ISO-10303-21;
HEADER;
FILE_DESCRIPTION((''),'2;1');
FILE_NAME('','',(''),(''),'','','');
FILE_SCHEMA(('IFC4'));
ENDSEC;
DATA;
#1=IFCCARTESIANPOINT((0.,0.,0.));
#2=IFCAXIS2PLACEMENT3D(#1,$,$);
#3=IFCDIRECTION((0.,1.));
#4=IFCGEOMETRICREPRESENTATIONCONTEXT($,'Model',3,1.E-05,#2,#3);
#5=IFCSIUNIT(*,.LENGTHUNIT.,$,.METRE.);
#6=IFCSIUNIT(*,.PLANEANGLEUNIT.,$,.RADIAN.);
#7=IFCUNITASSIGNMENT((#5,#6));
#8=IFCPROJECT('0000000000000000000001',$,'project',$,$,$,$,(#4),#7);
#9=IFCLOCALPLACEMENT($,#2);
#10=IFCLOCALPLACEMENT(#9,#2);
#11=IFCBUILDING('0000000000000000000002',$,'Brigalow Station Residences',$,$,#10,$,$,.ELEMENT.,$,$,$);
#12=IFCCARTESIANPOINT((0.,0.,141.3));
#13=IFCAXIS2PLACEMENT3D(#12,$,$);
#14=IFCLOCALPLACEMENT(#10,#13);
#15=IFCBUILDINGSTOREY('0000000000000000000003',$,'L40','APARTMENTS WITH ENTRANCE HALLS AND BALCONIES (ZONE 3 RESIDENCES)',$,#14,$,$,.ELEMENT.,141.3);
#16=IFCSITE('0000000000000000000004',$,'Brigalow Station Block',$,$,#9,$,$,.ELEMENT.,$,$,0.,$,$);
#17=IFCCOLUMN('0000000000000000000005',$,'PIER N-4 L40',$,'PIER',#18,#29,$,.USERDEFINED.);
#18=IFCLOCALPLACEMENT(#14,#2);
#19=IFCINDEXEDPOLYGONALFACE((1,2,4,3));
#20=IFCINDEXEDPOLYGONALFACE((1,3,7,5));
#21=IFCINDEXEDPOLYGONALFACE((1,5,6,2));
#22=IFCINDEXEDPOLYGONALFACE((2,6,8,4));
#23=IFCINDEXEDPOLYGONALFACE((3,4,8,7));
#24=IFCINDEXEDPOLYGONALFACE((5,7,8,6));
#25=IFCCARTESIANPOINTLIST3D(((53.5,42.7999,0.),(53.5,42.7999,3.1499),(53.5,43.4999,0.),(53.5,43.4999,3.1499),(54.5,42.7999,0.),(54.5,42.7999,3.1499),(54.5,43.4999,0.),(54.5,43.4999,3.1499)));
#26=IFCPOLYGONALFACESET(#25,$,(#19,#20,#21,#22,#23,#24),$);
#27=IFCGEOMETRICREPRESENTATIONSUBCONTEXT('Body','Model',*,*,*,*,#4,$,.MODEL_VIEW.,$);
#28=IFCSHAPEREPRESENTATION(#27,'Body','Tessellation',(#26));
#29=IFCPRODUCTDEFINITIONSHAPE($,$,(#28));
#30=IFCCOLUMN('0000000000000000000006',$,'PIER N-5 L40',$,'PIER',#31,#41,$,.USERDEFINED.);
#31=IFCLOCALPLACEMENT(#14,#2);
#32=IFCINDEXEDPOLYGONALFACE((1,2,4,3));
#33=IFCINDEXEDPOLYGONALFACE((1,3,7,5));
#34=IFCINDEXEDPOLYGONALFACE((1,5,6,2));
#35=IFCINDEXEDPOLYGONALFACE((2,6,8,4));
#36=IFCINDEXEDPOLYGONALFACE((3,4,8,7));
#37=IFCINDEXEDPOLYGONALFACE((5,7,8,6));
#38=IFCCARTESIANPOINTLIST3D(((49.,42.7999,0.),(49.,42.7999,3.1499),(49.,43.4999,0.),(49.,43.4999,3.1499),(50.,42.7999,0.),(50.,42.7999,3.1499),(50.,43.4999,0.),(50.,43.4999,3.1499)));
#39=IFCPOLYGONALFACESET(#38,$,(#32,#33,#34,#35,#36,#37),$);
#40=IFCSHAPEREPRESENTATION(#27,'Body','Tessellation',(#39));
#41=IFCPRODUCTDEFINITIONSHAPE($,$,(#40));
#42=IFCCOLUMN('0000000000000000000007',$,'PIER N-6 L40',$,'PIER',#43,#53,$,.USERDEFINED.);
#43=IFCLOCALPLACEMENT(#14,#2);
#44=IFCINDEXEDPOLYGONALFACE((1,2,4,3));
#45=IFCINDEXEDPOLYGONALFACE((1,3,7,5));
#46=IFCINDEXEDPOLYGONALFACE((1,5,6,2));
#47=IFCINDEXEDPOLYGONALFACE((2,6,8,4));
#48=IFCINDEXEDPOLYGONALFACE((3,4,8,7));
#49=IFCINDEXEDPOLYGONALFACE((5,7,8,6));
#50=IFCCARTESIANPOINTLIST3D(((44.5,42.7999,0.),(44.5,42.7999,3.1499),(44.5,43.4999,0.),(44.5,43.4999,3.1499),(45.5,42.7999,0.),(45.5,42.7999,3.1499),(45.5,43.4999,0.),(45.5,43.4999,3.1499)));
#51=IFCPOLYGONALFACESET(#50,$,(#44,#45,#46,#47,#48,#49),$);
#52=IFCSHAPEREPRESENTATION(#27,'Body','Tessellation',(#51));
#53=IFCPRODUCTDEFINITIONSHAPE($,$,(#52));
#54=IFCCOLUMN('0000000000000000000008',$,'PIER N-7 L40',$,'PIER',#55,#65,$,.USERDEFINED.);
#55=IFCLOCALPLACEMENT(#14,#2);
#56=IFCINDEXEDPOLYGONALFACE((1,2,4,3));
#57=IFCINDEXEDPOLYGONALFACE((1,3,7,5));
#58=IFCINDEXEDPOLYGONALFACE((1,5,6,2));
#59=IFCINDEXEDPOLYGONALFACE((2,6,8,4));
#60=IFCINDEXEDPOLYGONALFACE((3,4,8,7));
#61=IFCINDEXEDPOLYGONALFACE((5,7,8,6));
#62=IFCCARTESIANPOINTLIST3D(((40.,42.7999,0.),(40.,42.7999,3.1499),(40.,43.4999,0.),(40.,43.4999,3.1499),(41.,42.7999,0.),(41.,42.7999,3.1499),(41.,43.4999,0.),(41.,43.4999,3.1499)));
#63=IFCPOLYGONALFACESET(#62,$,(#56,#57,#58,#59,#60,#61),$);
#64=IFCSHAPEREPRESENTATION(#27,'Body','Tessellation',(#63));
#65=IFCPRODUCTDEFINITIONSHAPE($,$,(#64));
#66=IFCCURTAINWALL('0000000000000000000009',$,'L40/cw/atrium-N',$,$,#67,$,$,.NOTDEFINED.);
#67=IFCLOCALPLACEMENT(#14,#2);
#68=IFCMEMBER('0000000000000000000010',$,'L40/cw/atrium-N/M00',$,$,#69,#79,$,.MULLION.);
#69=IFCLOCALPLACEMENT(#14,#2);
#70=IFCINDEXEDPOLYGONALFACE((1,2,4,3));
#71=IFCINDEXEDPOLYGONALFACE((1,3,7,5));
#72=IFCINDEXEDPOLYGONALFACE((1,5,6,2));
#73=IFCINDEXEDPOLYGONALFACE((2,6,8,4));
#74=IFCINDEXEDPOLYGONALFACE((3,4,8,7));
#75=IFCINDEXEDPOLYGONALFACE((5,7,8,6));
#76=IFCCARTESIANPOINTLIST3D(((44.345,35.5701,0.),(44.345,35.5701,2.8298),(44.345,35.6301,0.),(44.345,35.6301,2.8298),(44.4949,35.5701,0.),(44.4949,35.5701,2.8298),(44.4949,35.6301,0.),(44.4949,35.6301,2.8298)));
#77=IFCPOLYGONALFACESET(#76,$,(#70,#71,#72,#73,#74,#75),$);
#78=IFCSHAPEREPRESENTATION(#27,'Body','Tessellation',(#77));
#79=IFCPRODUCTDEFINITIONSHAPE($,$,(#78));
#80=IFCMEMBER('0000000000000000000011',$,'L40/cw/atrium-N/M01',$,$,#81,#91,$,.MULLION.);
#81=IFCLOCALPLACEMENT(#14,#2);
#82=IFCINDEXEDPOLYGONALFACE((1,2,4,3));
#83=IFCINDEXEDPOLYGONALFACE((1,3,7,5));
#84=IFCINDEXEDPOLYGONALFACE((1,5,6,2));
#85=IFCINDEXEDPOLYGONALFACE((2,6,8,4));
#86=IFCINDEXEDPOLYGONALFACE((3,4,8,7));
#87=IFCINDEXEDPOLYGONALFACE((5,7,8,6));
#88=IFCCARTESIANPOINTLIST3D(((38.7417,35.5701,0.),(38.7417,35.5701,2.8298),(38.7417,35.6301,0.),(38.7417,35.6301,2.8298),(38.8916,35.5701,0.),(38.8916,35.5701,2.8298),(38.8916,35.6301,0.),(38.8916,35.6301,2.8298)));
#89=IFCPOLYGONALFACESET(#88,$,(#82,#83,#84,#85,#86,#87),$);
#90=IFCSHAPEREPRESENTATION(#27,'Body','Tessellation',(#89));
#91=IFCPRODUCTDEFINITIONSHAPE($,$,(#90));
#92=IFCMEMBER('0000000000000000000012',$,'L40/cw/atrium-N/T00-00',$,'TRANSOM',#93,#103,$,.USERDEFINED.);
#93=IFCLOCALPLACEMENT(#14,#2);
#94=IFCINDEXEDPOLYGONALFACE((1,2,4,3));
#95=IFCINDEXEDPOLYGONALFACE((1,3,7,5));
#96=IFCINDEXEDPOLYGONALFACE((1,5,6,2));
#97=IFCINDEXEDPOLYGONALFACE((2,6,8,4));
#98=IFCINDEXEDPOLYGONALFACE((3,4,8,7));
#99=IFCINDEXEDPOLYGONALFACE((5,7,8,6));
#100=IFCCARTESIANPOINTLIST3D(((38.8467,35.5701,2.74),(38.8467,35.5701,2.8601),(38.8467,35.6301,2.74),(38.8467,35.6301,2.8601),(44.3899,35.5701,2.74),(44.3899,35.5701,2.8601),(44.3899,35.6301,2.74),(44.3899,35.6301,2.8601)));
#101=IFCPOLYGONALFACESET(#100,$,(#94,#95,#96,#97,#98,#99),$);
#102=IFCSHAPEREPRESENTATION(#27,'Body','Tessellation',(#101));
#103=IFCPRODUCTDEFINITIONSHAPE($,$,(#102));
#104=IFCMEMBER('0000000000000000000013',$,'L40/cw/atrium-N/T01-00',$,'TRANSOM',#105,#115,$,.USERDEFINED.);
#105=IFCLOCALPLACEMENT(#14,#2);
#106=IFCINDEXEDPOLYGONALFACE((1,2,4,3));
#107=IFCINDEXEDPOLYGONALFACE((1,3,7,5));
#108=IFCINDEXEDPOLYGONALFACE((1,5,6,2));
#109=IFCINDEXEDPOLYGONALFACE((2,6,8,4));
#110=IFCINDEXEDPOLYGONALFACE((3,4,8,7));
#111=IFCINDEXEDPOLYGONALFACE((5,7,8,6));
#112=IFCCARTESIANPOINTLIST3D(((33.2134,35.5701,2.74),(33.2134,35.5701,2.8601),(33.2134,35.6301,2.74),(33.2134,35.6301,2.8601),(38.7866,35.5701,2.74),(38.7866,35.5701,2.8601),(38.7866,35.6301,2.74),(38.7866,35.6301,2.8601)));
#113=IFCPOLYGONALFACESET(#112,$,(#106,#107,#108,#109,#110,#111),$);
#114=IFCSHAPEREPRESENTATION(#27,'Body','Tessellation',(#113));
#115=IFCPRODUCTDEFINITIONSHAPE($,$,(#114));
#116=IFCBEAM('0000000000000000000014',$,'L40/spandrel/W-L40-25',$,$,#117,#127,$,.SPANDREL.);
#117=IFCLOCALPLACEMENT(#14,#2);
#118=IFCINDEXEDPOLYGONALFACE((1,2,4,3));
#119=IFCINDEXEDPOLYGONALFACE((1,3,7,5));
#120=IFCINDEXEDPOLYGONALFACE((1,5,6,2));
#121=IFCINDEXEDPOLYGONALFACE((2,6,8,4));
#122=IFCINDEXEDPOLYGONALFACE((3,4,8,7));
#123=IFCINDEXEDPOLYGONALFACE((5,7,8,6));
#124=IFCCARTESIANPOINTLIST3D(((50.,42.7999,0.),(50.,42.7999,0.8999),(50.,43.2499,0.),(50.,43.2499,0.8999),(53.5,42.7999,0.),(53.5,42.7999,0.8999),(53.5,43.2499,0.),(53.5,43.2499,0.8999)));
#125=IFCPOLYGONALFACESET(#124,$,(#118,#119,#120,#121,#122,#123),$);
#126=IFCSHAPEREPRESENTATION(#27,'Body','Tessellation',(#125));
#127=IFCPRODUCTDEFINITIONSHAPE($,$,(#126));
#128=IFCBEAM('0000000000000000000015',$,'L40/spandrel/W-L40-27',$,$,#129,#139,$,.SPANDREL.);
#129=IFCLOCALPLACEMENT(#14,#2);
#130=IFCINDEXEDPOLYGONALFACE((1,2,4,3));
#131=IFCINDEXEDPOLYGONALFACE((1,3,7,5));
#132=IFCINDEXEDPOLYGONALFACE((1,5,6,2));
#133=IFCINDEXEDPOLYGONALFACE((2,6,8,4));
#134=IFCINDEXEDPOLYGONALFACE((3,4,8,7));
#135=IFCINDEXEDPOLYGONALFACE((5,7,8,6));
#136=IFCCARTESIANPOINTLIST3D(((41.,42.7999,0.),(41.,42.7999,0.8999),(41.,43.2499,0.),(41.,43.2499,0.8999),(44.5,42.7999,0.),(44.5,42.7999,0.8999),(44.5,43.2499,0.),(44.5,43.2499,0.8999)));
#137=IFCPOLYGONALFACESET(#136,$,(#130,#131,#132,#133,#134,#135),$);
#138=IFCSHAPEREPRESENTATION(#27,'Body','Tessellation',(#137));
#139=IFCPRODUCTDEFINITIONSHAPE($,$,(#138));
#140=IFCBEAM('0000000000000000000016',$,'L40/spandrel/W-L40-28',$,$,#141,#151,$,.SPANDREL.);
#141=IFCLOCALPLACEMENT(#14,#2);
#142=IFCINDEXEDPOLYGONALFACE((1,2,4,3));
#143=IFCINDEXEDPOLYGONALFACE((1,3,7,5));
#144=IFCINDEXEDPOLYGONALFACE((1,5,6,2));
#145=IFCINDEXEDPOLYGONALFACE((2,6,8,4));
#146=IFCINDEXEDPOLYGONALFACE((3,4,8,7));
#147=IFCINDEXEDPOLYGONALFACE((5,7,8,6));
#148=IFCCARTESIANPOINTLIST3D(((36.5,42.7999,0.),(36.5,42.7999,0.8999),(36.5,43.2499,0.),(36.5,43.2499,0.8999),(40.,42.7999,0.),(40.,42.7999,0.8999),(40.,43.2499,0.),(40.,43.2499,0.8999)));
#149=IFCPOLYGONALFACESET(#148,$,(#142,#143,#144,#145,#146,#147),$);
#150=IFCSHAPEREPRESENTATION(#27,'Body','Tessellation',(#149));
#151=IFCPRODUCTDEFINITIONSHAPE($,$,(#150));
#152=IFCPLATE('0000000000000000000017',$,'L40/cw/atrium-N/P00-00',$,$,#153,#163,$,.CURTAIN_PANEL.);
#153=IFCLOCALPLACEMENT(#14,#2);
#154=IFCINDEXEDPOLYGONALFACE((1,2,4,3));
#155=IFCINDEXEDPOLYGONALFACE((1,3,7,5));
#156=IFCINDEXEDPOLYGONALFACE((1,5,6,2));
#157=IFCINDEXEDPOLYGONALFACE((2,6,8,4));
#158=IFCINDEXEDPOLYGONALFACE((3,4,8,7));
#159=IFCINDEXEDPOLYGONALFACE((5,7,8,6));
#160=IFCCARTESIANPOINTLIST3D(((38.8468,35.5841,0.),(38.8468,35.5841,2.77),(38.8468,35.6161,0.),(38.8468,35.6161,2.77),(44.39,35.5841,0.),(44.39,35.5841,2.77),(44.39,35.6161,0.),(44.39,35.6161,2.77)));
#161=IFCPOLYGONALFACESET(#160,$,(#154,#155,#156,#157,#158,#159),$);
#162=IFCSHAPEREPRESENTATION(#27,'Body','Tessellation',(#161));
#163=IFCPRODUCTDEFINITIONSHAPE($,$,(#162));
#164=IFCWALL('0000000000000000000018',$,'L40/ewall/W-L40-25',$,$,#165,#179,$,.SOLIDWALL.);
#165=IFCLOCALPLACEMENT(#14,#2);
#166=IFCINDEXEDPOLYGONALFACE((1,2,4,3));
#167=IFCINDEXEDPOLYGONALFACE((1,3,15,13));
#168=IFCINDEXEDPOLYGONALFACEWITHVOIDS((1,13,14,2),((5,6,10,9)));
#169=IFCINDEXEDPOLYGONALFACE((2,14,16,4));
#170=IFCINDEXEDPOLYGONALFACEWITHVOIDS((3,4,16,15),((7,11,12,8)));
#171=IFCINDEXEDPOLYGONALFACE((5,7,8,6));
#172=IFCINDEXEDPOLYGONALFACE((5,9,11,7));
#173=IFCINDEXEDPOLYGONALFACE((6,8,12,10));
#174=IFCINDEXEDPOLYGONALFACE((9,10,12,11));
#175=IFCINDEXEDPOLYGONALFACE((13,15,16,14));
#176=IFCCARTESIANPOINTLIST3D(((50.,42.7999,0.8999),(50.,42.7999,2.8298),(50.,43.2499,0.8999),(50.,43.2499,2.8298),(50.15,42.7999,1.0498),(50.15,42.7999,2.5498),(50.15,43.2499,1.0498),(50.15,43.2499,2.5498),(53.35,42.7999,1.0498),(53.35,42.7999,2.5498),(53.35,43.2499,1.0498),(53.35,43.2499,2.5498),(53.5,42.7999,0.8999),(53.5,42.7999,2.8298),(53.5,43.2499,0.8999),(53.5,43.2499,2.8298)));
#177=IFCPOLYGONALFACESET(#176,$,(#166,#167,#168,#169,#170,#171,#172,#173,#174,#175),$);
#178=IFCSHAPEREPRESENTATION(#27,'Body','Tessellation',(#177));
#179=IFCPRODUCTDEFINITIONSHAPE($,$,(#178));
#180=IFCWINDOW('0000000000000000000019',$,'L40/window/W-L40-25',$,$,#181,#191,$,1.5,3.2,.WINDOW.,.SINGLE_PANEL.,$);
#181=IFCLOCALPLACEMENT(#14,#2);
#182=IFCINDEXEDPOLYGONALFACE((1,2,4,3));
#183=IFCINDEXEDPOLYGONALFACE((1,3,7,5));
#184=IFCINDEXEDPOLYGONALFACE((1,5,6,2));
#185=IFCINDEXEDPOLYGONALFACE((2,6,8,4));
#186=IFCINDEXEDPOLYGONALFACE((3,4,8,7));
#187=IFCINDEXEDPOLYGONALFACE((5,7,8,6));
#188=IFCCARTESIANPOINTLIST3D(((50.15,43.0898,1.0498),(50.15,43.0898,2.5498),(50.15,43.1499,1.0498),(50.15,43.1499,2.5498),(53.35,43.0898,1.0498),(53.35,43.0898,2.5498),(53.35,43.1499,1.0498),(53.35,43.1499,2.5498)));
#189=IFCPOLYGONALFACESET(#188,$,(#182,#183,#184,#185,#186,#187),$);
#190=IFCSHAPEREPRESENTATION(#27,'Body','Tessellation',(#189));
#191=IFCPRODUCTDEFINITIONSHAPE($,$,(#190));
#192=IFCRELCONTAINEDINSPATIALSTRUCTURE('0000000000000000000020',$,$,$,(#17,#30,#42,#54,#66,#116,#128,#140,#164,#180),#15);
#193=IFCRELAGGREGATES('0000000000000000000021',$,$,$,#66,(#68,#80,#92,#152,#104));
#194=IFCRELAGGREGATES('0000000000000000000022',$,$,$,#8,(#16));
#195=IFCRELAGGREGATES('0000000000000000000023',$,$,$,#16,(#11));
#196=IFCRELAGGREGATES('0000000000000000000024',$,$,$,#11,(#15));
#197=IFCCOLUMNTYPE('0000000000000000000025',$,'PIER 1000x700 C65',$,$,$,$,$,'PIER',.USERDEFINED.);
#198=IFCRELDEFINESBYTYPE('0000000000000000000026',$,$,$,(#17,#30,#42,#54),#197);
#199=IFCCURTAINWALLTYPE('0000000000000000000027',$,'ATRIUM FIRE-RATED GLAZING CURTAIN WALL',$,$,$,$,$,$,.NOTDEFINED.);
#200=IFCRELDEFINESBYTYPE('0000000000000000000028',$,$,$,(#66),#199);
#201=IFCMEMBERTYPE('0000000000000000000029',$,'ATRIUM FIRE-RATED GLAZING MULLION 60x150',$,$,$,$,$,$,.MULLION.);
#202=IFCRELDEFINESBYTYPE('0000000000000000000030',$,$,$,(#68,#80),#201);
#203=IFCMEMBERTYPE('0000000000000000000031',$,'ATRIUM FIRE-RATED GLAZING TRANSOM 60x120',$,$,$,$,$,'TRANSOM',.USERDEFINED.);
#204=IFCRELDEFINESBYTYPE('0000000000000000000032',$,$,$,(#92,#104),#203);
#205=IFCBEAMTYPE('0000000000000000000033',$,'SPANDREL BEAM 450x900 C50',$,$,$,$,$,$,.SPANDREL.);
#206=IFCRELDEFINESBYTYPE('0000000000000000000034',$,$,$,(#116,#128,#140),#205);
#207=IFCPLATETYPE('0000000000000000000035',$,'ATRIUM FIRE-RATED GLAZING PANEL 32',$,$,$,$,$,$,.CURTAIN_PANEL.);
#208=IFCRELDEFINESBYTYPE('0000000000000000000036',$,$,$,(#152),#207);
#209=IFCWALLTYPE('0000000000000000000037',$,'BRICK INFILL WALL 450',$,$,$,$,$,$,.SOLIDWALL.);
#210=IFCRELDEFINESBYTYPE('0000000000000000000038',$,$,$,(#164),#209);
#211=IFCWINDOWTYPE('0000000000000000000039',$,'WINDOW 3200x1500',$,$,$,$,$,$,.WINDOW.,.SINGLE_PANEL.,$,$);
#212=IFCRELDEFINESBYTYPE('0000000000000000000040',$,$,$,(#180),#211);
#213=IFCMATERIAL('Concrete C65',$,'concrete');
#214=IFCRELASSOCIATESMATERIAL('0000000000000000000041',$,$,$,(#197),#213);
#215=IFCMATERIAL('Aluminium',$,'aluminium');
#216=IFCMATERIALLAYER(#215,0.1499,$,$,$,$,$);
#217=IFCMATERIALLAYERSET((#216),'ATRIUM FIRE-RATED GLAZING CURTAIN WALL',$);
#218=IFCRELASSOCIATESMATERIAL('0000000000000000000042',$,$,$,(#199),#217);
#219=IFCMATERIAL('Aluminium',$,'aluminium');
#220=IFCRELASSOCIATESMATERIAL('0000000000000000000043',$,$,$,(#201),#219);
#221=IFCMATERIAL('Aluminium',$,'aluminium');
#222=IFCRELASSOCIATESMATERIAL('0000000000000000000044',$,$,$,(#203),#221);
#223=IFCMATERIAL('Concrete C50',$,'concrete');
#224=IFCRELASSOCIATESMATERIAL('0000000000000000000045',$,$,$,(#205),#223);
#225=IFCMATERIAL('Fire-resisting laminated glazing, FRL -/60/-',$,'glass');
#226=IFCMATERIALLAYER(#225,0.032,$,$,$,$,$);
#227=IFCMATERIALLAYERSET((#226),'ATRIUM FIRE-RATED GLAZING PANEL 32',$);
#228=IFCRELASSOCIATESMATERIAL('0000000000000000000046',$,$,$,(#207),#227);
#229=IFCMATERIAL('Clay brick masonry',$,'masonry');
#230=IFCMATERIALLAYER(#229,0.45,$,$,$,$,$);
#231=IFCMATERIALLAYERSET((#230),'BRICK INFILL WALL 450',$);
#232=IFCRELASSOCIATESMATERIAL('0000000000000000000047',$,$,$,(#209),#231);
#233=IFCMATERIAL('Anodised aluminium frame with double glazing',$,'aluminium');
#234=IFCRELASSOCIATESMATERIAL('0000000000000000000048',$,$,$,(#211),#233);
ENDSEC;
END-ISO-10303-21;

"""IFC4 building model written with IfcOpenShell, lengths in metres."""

from ifc_helpers import new_model, si_unit, direction, frame, frame_2d, origin, origin_2d, place, context, subcontext, project, spatial, rectangle, extrude, material, layer, layer_set, material_profile, profile_set, type_object, element, fill, aggregate, save


model = new_model("IFC4")

# Units and contexts
model_context = context("Model", 3, precision=1e-05, world=origin(), true_north=direction((0.0, 1.0)))
body_context = subcontext(model_context, "Body", "Model", "MODEL_VIEW")
ifc_project = project(units=[si_unit("LENGTHUNIT", "METRE"), si_unit("PLANEANGLEUNIT", "RADIAN")], contexts=[model_context])

# Site, building, storey
site_placement = place(None, origin())
site = spatial("IfcSite", under=ifc_project, at=site_placement, Name="Brigalow Station Block", CompositionType="ELEMENT", RefElevation=0.0)
building_placement = place(site_placement, origin())
building = spatial("IfcBuilding", under=site, at=building_placement, Name="Brigalow Station Residences", CompositionType="ELEMENT")
storey_placement = place(building_placement, frame((0.0, 0.0, 141.3)))
storey = spatial("IfcBuildingStorey", under=building, at=storey_placement, Name="L40", Description="APARTMENTS WITH ENTRANCE HALLS AND BALCONIES (ZONE 3 RESIDENCES)", CompositionType="ELEMENT", Elevation=141.3)

# Columns
ifc_material_1 = material(Name="Concrete C65", Category="concrete")
ifc_material_profile_1 = material_profile(ifc_material_1, rectangle(XDim=1.0, YDim=0.7, at=origin_2d()), Name="RC1000x700")
ifc_profile_set_1 = profile_set([ifc_material_profile_1], Name="Concrete C65")
column_type = type_object("IfcColumnType", Name="PIER 1000x700 C65", ElementType="PIER", PredefinedType="USERDEFINED", material=ifc_profile_set_1)
for number, where, z_axis, x_axis, name in (
    (1, (54.0, 43.1499, 0.0), (0.0, 0.0, 1.0), (-1.0, 0.0, 0.0), "PIER N-4 L40"),
    (2, (49.5, 43.1499, 0.0), (0.0, 0.0, 1.0), (-1.0, 0.0, 0.0), "PIER N-5 L40"),
    (3, (45.0, 43.1499, 0.0), (0.0, 0.0, 1.0), (-1.0, 0.0, 0.0), "PIER N-6 L40"),
    (4, (40.5, 43.1499, 0.0), (0.0, 0.0, 1.0), (-1.0, 0.0, 0.0), "PIER N-7 L40"),
):
    element("IfcColumn", number, at=place(storey_placement, frame(where, z_axis=z_axis, x_axis=x_axis)), inside=storey, type_object=column_type, Name=name, ObjectType="PIER", PredefinedType="USERDEFINED", context=body_context, shape_type="SweptSolid", body=[
        extrude(rectangle(XDim=1.0, YDim=0.7, at=origin_2d()), origin(), (0.0, 0.0, 1.0), 3.1499),
    ])

# Curtain wall, members
ifc_material_2 = material(Name="Aluminium", Category="aluminium")
ifc_layer_1 = layer(ifc_material_2, 0.1499)
ifc_layer_set_1 = layer_set([ifc_layer_1], Name="ATRIUM FIRE-RATED GLAZING CURTAIN WALL")
curtain_wall_type = type_object("IfcCurtainWallType", Name="ATRIUM FIRE-RATED GLAZING CURTAIN WALL", PredefinedType="NOTDEFINED", material=ifc_layer_set_1)
curtain_wall_placement = place(storey_placement, origin())
curtain_wall = element("IfcCurtainWall", 5, at=curtain_wall_placement, inside=storey, type_object=curtain_wall_type, Name="L40/cw/atrium-N", PredefinedType="NOTDEFINED")
ifc_material_3 = material(Name="Aluminium", Category="aluminium")
ifc_material_profile_2 = material_profile(ifc_material_3, rectangle(XDim=0.0601, YDim=0.1499, at=origin_2d()), Name="ATRIUM FIRE-RATED GLAZING MULLION 60x150")
ifc_profile_set_2 = profile_set([ifc_material_profile_2], Name="Aluminium")
member_type_1 = type_object("IfcMemberType", Name="ATRIUM FIRE-RATED GLAZING MULLION 60x150", PredefinedType="MULLION", material=ifc_profile_set_2)
member_1_placement = place(storey_placement, frame((44.4199, 35.6001, 0.0), z_axis=(0.0, 0.0, 1.0), x_axis=(0.0, -1.0, 0.0)))
member_1 = element("IfcMember", 6, at=member_1_placement, type_object=member_type_1, Name="L40/cw/atrium-N/M00", PredefinedType="MULLION", context=body_context, shape_type="SweptSolid", body=[
    extrude(rectangle(XDim=0.0601, YDim=0.1499, at=origin_2d()), origin(), (0.0, 0.0, 1.0), 2.8298),
])
member_2_placement = place(storey_placement, frame((38.8167, 35.6001, 0.0), z_axis=(0.0, 0.0, 1.0), x_axis=(0.0, -1.0, 0.0)))
member_2 = element("IfcMember", 7, at=member_2_placement, type_object=member_type_1, Name="L40/cw/atrium-N/M01", PredefinedType="MULLION", context=body_context, shape_type="SweptSolid", body=[
    extrude(rectangle(XDim=0.0601, YDim=0.1499, at=origin_2d()), origin(), (0.0, 0.0, 1.0), 2.8298),
])
ifc_material_4 = material(Name="Aluminium", Category="aluminium")
ifc_material_profile_3 = material_profile(ifc_material_4, rectangle(XDim=0.0601, YDim=0.1201, at=origin_2d()), Name="ATRIUM FIRE-RATED GLAZING TRANSOM 60x120")
ifc_profile_set_3 = profile_set([ifc_material_profile_3], Name="Aluminium")
member_type_2 = type_object("IfcMemberType", Name="ATRIUM FIRE-RATED GLAZING TRANSOM 60x120", ElementType="TRANSOM", PredefinedType="USERDEFINED", material=ifc_profile_set_3)
member_3_placement = place(storey_placement, frame((44.3899, 35.6001, 2.8), z_axis=(-1.0, 0.0, 0.0), x_axis=(0.0, -1.0, 0.0)))
member_3 = element("IfcMember", 8, at=member_3_placement, type_object=member_type_2, Name="L40/cw/atrium-N/T00-00", ObjectType="TRANSOM", PredefinedType="USERDEFINED", context=body_context, shape_type="SweptSolid", body=[
    extrude(rectangle(XDim=0.0601, YDim=0.1201, at=origin_2d()), origin(), (0.0, 0.0, 1.0), 5.5432),
])
member_4_placement = place(storey_placement, frame((38.7866, 35.6001, 2.8), z_axis=(-1.0, 0.0, 0.0), x_axis=(0.0, -1.0, 0.0)))
member_4 = element("IfcMember", 9, at=member_4_placement, type_object=member_type_2, Name="L40/cw/atrium-N/T01-00", ObjectType="TRANSOM", PredefinedType="USERDEFINED", context=body_context, shape_type="SweptSolid", body=[
    extrude(rectangle(XDim=0.0601, YDim=0.1201, at=origin_2d()), origin(), (0.0, 0.0, 1.0), 5.5732),
])

# Beams
ifc_material_5 = material(Name="Concrete C50", Category="concrete")
ifc_material_profile_4 = material_profile(ifc_material_5, rectangle(XDim=0.45, YDim=0.8999, at=origin_2d()), Name="RC450x900")
ifc_profile_set_4 = profile_set([ifc_material_profile_4], Name="Concrete C50")
beam_type = type_object("IfcBeamType", Name="SPANDREL BEAM 450x900 C50", PredefinedType="SPANDREL", material=ifc_profile_set_4)
for number, where, z_axis, x_axis, name in (
    (10, (53.5, 43.0249, 0.45), (-1.0, 0.0, 0.0), (0.0, -1.0, 0.0), "L40/spandrel/W-L40-25"),
    (11, (44.5, 43.0249, 0.45), (-1.0, 0.0, 0.0), (0.0, -1.0, 0.0), "L40/spandrel/W-L40-27"),
    (12, (40.0, 43.0249, 0.45), (-1.0, 0.0, 0.0), (0.0, -1.0, 0.0), "L40/spandrel/W-L40-28"),
):
    element("IfcBeam", number, at=place(storey_placement, frame(where, z_axis=z_axis, x_axis=x_axis)), inside=storey, type_object=beam_type, Name=name, PredefinedType="SPANDREL", context=body_context, shape_type="SweptSolid", body=[
        extrude(rectangle(XDim=0.45, YDim=0.8999, at=origin_2d()), origin(), (0.0, 0.0, 1.0), 3.5),
    ])

# Plate
ifc_material_6 = material(Name="Fire-resisting laminated glazing, FRL -/60/-", Category="glass")
ifc_layer_2 = layer(ifc_material_6, 0.032)
ifc_layer_set_2 = layer_set([ifc_layer_2], Name="ATRIUM FIRE-RATED GLAZING PANEL 32")
plate_type = type_object("IfcPlateType", Name="ATRIUM FIRE-RATED GLAZING PANEL 32", PredefinedType="CURTAIN_PANEL", material=ifc_layer_set_2)
plate_placement = place(storey_placement, frame((41.6184, 35.6001, 0.0), z_axis=(0.0, 0.0, 1.0), x_axis=(-1.0, 0.0, 0.0)))
plate = element("IfcPlate", 13, at=plate_placement, type_object=plate_type, Name="L40/cw/atrium-N/P00-00", PredefinedType="CURTAIN_PANEL", context=body_context, shape_type="SweptSolid", body=[
    extrude(rectangle(XDim=5.5432, YDim=0.032, at=origin_2d()), origin(), (0.0, 0.0, 1.0), 2.77),
])
aggregate(curtain_wall, [member_1, member_2, member_3, plate, member_4])

# Wall, opening, window
ifc_material_7 = material(Name="Clay brick masonry", Category="masonry")
ifc_layer_3 = layer(ifc_material_7, 0.45)
ifc_layer_set_3 = layer_set([ifc_layer_3], Name="BRICK INFILL WALL 450")
wall_type_1 = type_object("IfcWallType", Name="BRICK INFILL WALL 450", PredefinedType="SOLIDWALL", material=ifc_layer_set_3)
wall_1_placement = place(storey_placement, frame((53.5, 43.0249, 0.8999), z_axis=(0.0, 0.0, 1.0), x_axis=(-1.0, 0.0, 0.0)))
wall_1 = element("IfcWall", 14, at=wall_1_placement, inside=storey, type_object=wall_type_1, Name="L40/ewall/W-L40-25", PredefinedType="SOLIDWALL", context=body_context, shape_type="SweptSolid", body=[
    extrude(rectangle(XDim=3.5, YDim=0.45, at=frame_2d((1.75, 0.0))), origin(), (0.0, 0.0, 1.0), 1.9299),
])
opening_1_placement = place(wall_1_placement, frame((0.1499, 0.0, 0.1499)))
opening_1 = element("IfcOpeningElement", 15, at=opening_1_placement, cuts=wall_1, PredefinedType="OPENING", context=body_context, shape_type="SweptSolid", body=[
    extrude(rectangle(XDim=3.2, YDim=1.5, at=frame_2d((1.6001, 0.75))), frame((0.0, 0.2349, 0.0), z_axis=(0.0, -1.0, 0.0), x_axis=(1.0, 0.0, 0.0)), (0.0, 0.0, 1.0), 0.47),
])
ifc_material_8 = material(Name="Anodised aluminium frame with double glazing", Category="aluminium")
window_type = type_object("IfcWindowType", Name="WINDOW 3200x1500", PartitioningType="SINGLE_PANEL", PredefinedType="WINDOW", material=ifc_material_8)
window_1_placement = place(opening_1_placement, origin())
window_1 = element("IfcWindow", 16, at=window_1_placement, inside=storey, type_object=window_type, Name="L40/window/W-L40-25", OverallHeight=1.5, OverallWidth=3.2, PartitioningType="SINGLE_PANEL", PredefinedType="WINDOW", context=body_context, shape_type="SweptSolid", body=[
    extrude(rectangle(XDim=3.2, YDim=1.5, at=frame_2d((1.6001, 0.75))), frame((0.0, -0.0649, 0.0), z_axis=(0.0, -1.0, 0.0), x_axis=(1.0, 0.0, 0.0)), (0.0, 0.0, 1.0), 0.0601),
])
fill(opening_1, window_1)

save(model, "model.ifc")
